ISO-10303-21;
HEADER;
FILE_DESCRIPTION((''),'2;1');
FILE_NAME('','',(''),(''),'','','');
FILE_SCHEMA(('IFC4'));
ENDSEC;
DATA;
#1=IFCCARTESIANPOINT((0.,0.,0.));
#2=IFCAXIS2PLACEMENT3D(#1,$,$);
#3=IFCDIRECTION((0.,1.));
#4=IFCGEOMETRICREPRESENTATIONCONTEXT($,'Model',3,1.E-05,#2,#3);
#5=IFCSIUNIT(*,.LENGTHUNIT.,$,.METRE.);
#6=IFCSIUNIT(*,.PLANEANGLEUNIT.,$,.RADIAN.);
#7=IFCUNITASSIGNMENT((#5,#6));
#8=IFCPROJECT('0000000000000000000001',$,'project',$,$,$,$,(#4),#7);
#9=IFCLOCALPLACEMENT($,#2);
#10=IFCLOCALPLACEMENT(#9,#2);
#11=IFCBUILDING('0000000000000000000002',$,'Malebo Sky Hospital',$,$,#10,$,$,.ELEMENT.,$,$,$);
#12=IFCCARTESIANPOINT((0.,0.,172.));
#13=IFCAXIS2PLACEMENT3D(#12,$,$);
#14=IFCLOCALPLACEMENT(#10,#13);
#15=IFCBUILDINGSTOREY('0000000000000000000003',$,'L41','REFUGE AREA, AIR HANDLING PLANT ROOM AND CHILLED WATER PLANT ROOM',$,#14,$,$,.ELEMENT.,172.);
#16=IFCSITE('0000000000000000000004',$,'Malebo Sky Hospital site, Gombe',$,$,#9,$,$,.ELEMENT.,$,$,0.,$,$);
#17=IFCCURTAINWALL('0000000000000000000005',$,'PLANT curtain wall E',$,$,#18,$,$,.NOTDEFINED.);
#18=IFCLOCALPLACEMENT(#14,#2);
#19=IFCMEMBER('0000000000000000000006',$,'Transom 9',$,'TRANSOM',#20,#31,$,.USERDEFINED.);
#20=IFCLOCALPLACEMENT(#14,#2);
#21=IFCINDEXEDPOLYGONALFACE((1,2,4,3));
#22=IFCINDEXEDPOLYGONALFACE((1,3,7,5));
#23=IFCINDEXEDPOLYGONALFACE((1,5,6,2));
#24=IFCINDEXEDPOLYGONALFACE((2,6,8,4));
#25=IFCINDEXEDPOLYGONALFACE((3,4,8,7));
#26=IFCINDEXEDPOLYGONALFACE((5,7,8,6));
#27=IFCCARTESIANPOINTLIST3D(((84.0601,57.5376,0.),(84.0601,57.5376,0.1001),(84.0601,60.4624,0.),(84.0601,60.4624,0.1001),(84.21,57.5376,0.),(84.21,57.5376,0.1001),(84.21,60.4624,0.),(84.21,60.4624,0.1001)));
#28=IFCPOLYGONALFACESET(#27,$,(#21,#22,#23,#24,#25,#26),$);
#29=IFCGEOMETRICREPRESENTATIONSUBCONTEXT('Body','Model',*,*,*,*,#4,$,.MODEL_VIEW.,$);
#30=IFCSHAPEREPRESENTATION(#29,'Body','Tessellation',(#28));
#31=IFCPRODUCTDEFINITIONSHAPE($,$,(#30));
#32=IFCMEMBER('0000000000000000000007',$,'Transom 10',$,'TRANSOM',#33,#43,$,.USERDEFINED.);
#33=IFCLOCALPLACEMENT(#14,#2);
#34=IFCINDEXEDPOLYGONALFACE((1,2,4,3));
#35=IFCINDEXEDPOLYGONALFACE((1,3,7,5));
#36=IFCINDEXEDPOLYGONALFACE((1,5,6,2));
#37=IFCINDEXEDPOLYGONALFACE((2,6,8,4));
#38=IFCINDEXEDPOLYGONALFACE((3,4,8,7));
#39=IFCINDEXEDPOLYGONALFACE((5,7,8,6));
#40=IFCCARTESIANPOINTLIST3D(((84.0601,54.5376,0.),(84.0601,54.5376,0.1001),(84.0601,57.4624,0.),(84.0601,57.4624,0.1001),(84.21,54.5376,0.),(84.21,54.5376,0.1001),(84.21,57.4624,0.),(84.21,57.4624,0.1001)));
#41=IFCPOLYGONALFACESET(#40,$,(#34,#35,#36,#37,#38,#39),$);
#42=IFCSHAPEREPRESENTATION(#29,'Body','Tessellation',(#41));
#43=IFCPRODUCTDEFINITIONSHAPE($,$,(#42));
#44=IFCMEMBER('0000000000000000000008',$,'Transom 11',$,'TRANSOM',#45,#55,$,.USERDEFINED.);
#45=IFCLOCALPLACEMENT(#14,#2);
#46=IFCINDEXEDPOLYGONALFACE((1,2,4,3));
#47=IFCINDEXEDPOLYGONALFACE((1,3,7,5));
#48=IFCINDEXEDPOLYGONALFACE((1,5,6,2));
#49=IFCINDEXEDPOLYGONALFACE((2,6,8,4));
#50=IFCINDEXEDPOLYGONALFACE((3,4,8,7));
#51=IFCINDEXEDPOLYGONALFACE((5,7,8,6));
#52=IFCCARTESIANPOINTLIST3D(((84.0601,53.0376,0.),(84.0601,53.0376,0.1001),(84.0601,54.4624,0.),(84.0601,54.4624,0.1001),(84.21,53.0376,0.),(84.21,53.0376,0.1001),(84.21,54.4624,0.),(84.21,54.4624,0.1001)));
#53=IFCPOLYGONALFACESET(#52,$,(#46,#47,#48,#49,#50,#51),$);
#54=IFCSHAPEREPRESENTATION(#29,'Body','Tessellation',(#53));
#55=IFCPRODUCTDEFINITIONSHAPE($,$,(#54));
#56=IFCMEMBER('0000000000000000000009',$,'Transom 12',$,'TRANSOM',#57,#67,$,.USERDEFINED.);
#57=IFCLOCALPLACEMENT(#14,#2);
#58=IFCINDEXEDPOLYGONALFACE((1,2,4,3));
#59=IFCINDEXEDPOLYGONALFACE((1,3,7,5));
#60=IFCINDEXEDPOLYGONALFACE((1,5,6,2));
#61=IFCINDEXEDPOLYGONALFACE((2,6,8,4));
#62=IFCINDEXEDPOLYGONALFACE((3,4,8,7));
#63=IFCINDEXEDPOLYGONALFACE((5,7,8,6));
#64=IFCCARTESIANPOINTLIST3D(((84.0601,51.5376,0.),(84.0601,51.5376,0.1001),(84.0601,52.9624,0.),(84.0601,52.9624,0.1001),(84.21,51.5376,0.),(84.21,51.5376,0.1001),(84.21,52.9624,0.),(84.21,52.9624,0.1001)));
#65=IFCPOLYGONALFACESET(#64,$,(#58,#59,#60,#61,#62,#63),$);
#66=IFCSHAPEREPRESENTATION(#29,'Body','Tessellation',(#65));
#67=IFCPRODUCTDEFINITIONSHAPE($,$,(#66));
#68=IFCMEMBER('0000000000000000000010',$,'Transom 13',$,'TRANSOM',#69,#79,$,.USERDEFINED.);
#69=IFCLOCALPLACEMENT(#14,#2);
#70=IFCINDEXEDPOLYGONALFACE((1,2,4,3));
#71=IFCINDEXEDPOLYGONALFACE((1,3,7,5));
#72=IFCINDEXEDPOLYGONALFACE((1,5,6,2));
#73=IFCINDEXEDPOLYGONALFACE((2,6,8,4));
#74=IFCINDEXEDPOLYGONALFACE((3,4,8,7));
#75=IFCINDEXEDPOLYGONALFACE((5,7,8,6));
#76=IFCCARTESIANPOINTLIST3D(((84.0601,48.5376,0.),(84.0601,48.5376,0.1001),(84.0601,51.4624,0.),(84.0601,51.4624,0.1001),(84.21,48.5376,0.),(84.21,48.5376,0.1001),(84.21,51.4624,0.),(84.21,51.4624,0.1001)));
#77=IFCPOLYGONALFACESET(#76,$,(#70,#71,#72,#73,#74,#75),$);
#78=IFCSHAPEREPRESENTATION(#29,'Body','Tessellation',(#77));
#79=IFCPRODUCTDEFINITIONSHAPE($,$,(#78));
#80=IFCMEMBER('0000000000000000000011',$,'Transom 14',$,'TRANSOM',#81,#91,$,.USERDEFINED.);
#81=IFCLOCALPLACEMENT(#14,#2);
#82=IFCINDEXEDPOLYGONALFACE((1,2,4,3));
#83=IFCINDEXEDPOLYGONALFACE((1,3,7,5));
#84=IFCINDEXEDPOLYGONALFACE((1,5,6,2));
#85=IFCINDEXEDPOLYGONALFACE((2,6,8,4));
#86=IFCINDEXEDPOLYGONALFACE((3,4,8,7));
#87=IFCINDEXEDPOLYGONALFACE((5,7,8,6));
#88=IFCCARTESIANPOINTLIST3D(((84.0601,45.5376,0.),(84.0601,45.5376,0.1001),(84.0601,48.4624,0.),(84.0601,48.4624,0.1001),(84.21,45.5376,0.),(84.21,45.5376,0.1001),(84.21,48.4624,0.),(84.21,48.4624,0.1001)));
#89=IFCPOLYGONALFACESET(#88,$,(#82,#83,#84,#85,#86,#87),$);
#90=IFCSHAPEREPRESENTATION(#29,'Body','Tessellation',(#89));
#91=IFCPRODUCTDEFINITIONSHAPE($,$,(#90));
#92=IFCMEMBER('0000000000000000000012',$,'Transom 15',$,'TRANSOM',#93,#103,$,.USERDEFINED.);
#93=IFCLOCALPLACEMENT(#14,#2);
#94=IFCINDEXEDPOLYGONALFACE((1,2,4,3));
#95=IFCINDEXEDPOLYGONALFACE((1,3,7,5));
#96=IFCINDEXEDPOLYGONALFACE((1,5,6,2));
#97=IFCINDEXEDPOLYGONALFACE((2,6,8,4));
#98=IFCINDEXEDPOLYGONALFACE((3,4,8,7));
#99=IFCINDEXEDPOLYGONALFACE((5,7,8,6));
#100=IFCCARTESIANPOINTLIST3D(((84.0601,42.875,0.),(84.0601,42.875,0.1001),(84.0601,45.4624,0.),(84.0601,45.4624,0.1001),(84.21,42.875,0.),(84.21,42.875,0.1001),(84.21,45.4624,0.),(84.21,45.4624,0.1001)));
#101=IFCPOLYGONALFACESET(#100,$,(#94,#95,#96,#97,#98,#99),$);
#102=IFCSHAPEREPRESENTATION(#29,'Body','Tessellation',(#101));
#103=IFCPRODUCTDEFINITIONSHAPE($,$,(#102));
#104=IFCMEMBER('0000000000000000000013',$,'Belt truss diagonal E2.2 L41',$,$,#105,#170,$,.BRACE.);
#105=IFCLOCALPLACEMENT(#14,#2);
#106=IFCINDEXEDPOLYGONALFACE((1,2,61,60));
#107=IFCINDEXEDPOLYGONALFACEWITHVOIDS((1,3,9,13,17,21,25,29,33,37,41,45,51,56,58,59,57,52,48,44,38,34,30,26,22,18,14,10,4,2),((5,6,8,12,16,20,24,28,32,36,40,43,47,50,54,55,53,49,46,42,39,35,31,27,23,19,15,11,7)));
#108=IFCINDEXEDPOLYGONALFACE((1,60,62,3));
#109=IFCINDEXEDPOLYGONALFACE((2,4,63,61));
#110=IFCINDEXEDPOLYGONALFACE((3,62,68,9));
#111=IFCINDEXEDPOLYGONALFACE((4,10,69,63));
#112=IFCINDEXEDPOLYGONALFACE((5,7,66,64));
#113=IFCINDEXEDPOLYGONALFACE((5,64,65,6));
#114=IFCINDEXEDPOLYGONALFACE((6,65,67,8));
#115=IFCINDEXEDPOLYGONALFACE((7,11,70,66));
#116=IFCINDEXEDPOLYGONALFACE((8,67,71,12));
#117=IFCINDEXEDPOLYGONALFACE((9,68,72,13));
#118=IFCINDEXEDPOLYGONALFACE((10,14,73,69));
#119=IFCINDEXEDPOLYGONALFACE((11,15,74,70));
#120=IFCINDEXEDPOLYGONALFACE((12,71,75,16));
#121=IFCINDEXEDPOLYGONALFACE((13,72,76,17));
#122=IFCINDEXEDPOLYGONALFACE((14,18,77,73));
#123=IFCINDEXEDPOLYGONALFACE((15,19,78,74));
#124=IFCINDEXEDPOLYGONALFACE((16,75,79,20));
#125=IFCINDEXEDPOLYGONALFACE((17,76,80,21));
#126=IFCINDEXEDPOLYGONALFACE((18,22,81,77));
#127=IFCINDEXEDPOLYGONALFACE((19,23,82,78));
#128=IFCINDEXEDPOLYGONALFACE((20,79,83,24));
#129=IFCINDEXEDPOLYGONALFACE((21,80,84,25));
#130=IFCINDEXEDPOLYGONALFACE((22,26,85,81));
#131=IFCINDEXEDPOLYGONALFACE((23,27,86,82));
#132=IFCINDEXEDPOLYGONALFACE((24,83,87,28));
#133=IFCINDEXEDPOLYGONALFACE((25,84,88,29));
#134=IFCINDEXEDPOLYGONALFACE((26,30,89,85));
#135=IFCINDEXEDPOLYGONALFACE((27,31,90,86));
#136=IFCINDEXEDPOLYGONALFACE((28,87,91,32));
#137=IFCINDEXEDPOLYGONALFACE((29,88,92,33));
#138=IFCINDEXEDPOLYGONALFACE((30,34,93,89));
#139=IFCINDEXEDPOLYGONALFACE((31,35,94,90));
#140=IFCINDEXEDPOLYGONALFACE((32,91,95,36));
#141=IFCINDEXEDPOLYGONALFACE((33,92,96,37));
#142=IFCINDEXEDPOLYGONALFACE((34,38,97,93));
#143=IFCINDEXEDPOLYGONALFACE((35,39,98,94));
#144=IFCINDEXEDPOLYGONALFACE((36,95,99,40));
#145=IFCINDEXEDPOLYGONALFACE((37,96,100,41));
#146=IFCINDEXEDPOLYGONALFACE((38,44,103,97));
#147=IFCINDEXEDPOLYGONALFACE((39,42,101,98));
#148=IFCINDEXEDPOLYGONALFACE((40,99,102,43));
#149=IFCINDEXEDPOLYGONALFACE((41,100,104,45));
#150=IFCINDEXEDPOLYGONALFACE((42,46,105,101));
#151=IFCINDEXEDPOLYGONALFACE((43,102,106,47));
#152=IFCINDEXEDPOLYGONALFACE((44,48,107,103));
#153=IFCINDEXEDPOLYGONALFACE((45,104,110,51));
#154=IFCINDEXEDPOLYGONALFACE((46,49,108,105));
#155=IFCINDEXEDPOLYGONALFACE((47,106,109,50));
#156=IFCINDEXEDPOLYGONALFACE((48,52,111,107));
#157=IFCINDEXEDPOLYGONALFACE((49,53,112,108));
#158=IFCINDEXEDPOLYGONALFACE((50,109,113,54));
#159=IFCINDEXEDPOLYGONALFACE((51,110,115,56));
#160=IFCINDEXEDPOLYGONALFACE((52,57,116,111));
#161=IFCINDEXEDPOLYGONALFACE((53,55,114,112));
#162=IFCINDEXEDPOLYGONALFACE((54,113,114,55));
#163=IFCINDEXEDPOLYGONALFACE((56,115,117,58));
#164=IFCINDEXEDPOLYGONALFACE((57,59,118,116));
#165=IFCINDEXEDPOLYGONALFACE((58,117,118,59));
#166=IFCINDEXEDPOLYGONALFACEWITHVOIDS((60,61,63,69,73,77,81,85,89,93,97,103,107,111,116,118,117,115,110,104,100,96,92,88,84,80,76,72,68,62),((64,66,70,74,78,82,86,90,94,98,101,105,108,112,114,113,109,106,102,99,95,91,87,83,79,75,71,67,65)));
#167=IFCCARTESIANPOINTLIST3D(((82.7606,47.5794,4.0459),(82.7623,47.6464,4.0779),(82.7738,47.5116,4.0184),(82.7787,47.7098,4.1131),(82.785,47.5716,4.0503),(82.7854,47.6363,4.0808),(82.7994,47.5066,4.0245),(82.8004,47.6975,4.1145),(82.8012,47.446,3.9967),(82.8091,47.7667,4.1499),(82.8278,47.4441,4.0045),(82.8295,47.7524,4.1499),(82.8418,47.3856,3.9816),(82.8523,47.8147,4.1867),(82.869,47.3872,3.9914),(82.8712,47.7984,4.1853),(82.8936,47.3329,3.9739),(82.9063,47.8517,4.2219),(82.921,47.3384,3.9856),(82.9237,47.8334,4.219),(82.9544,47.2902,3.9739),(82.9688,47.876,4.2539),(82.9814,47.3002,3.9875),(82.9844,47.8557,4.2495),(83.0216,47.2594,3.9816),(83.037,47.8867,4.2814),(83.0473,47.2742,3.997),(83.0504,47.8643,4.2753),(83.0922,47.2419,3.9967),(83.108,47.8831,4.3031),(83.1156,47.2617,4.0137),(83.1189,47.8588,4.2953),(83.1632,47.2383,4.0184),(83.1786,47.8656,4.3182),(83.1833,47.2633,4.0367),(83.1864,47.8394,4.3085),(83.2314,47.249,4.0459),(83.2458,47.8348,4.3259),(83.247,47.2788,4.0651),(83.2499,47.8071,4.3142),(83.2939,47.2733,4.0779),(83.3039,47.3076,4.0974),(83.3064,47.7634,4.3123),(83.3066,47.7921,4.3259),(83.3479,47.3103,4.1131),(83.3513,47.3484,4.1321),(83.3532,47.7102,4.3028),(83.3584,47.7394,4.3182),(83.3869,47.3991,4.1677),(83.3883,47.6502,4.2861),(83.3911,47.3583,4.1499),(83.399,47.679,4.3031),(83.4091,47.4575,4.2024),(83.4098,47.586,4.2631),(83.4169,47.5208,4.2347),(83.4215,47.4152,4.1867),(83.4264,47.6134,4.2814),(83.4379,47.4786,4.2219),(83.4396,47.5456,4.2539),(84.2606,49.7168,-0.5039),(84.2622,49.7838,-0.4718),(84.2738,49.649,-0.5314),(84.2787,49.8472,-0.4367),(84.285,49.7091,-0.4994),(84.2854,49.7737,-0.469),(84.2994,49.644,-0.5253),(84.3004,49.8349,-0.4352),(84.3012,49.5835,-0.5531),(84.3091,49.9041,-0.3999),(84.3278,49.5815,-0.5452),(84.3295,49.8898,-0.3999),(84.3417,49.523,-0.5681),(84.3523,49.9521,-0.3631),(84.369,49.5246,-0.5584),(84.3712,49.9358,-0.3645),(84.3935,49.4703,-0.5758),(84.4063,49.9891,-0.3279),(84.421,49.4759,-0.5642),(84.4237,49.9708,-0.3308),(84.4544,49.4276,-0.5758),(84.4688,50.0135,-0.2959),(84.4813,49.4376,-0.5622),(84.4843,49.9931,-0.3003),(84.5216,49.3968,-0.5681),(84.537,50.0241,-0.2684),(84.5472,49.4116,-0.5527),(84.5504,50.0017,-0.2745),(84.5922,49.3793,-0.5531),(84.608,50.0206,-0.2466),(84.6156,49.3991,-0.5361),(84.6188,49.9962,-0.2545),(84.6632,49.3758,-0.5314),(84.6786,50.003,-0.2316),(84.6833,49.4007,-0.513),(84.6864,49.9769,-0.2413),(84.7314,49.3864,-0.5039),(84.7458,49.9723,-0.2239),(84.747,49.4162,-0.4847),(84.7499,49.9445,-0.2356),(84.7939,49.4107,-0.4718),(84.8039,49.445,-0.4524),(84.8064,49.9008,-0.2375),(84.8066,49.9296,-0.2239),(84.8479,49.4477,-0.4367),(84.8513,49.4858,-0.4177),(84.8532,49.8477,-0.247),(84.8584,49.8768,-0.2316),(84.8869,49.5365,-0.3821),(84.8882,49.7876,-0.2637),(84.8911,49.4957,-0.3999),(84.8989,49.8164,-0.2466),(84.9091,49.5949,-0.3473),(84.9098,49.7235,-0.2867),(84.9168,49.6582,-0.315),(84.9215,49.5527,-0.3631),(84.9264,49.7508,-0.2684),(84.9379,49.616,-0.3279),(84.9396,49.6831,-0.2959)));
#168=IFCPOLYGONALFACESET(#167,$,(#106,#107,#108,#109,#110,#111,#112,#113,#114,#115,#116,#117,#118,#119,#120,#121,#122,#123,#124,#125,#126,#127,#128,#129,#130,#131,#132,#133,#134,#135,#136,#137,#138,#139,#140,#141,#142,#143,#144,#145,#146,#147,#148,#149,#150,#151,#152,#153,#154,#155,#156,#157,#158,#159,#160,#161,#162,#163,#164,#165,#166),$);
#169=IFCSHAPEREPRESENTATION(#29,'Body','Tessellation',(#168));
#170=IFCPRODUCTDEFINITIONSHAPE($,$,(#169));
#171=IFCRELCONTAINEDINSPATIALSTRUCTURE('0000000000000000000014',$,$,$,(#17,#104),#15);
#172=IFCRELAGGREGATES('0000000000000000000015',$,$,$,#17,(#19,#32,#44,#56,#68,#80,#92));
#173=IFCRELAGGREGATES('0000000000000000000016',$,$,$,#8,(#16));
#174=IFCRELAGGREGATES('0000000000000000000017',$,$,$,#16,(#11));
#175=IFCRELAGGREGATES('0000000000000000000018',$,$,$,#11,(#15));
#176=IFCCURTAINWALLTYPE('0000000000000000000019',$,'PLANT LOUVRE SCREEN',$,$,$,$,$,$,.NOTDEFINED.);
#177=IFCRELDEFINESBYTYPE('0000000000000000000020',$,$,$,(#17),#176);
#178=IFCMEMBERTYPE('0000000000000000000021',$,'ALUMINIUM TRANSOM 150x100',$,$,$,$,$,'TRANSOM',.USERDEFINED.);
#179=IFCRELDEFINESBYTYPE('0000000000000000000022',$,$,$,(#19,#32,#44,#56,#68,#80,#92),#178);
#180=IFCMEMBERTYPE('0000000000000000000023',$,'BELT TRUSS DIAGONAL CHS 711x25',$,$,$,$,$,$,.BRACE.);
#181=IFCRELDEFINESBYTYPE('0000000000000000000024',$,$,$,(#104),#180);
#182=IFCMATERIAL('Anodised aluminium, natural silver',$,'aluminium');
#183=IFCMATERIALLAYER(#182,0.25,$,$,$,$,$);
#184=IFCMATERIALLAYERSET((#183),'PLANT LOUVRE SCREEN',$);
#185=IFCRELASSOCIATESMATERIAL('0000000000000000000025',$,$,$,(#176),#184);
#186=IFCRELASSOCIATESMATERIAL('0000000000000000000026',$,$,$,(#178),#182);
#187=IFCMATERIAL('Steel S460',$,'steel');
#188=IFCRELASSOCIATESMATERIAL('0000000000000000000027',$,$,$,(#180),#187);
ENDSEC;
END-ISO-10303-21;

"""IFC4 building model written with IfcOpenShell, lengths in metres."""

from ifc_helpers import new_model, si_unit, direction, frame, origin, origin_2d, place, context, subcontext, project, spatial, rectangle, hollow_circle, extrude, material, layer, layer_set, material_profile, profile_set, type_object, element, aggregate, save


model = new_model("IFC4")

# Units and contexts
model_context = context("Model", 3, precision=1e-05, world=origin(), true_north=direction((0.0, 1.0)))
body_context = subcontext(model_context, "Body", "Model", "MODEL_VIEW")
ifc_project = project(units=[si_unit("LENGTHUNIT", "METRE"), si_unit("PLANEANGLEUNIT", "RADIAN")], contexts=[model_context])

# Site, building, storey
site_placement = place(None, origin())
site = spatial("IfcSite", under=ifc_project, at=site_placement, Name="Malebo Sky Hospital site, Gombe", CompositionType="ELEMENT", RefElevation=0.0)
building_placement = place(site_placement, origin())
building = spatial("IfcBuilding", under=site, at=building_placement, Name="Malebo Sky Hospital", CompositionType="ELEMENT")
storey_placement = place(building_placement, frame((0.0, 0.0, 172.0)))
storey = spatial("IfcBuildingStorey", under=building, at=storey_placement, Name="L41", Description="REFUGE AREA, AIR HANDLING PLANT ROOM AND CHILLED WATER PLANT ROOM", CompositionType="ELEMENT", Elevation=172.0)

# Curtain wall, members
ifc_material_1 = material(Name="Anodised aluminium, natural silver", Category="aluminium")
ifc_layer_1 = layer(ifc_material_1, 0.25)
ifc_layer_set_1 = layer_set([ifc_layer_1], Name="PLANT LOUVRE SCREEN")
curtain_wall_type = type_object("IfcCurtainWallType", Name="PLANT LOUVRE SCREEN", PredefinedType="NOTDEFINED", material=ifc_layer_set_1)
curtain_wall_placement = place(storey_placement, origin())
curtain_wall = element("IfcCurtainWall", 1, at=curtain_wall_placement, inside=storey, type_object=curtain_wall_type, Name="PLANT curtain wall E", PredefinedType="NOTDEFINED")
ifc_material_profile_1 = material_profile(ifc_material_1, rectangle(XDim=0.1499, YDim=0.1001, at=origin_2d()), Name="ALUMINIUM TRANSOM 150x100")
ifc_profile_set_1 = profile_set([ifc_material_profile_1], Name="Anodised aluminium, natural silver")
member_type_1 = type_object("IfcMemberType", Name="ALUMINIUM TRANSOM 150x100", ElementType="TRANSOM", PredefinedType="USERDEFINED", material=ifc_profile_set_1)
member_1_placement = place(storey_placement, frame((84.135, 60.4624, 0.05), z_axis=(0.0, -1.0, 0.0), x_axis=(1.0, 0.0, 0.0)))
member_1 = element("IfcMember", 2, at=member_1_placement, type_object=member_type_1, Name="Transom 9", ObjectType="TRANSOM", PredefinedType="USERDEFINED", context=body_context, shape_type="SweptSolid", body=[
    extrude(rectangle(XDim=0.1499, YDim=0.1001, at=origin_2d()), origin(), (0.0, 0.0, 1.0), 2.9248),
])
member_2_placement = place(storey_placement, frame((84.135, 57.4624, 0.05), z_axis=(0.0, -1.0, 0.0), x_axis=(1.0, 0.0, 0.0)))
member_2 = element("IfcMember", 3, at=member_2_placement, type_object=member_type_1, Name="Transom 10", ObjectType="TRANSOM", PredefinedType="USERDEFINED", context=body_context, shape_type="SweptSolid", body=[
    extrude(rectangle(XDim=0.1499, YDim=0.1001, at=origin_2d()), origin(), (0.0, 0.0, 1.0), 2.9248),
])
member_3_placement = place(storey_placement, frame((84.135, 54.4624, 0.05), z_axis=(0.0, -1.0, 0.0), x_axis=(1.0, 0.0, 0.0)))
member_3 = element("IfcMember", 4, at=member_3_placement, type_object=member_type_1, Name="Transom 11", ObjectType="TRANSOM", PredefinedType="USERDEFINED", context=body_context, shape_type="SweptSolid", body=[
    extrude(rectangle(XDim=0.1499, YDim=0.1001, at=origin_2d()), origin(), (0.0, 0.0, 1.0), 1.4248),
])
member_4_placement = place(storey_placement, frame((84.135, 52.9624, 0.05), z_axis=(0.0, -1.0, 0.0), x_axis=(1.0, 0.0, 0.0)))
member_4 = element("IfcMember", 5, at=member_4_placement, type_object=member_type_1, Name="Transom 12", ObjectType="TRANSOM", PredefinedType="USERDEFINED", context=body_context, shape_type="SweptSolid", body=[
    extrude(rectangle(XDim=0.1499, YDim=0.1001, at=origin_2d()), origin(), (0.0, 0.0, 1.0), 1.4248),
])
member_5_placement = place(storey_placement, frame((84.135, 51.4624, 0.05), z_axis=(0.0, -1.0, 0.0), x_axis=(1.0, 0.0, 0.0)))
member_5 = element("IfcMember", 6, at=member_5_placement, type_object=member_type_1, Name="Transom 13", ObjectType="TRANSOM", PredefinedType="USERDEFINED", context=body_context, shape_type="SweptSolid", body=[
    extrude(rectangle(XDim=0.1499, YDim=0.1001, at=origin_2d()), origin(), (0.0, 0.0, 1.0), 2.9248),
])
member_6_placement = place(storey_placement, frame((84.135, 48.4624, 0.05), z_axis=(0.0, -1.0, 0.0), x_axis=(1.0, 0.0, 0.0)))
member_6 = element("IfcMember", 7, at=member_6_placement, type_object=member_type_1, Name="Transom 14", ObjectType="TRANSOM", PredefinedType="USERDEFINED", context=body_context, shape_type="SweptSolid", body=[
    extrude(rectangle(XDim=0.1499, YDim=0.1001, at=origin_2d()), origin(), (0.0, 0.0, 1.0), 2.9248),
])
member_7_placement = place(storey_placement, frame((84.135, 45.4624, 0.05), z_axis=(0.0, -1.0, 0.0), x_axis=(1.0, 0.0, 0.0)))
member_7 = element("IfcMember", 8, at=member_7_placement, type_object=member_type_1, Name="Transom 15", ObjectType="TRANSOM", PredefinedType="USERDEFINED", context=body_context, shape_type="SweptSolid", body=[
    extrude(rectangle(XDim=0.1499, YDim=0.1001, at=origin_2d()), origin(), (0.0, 0.0, 1.0), 2.5874),
])

# Member
ifc_material_2 = material(Name="Steel S460", Category="steel")
ifc_material_profile_2 = material_profile(ifc_material_2, hollow_circle(Radius=0.3555, WallThickness=0.0249, at=origin_2d()), Name="CHS 711x25")
ifc_profile_set_2 = profile_set([ifc_material_profile_2], Name="Steel S460")
member_type_2 = type_object("IfcMemberType", Name="BELT TRUSS DIAGONAL CHS 711x25", PredefinedType="BRACE", material=ifc_profile_set_2)
member_8_placement = place(storey_placement, frame((83.1001, 47.5625, 4.1499), z_axis=(0.285938, 0.407452, -0.867308), x_axis=(-0.818551, 0.574435, 0.0)))
element("IfcMember", 9, at=member_8_placement, inside=storey, type_object=member_type_2, Name="Belt truss diagonal E2.2 L41", PredefinedType="BRACE", context=body_context, shape_type="SweptSolid", body=[
    extrude(hollow_circle(Radius=0.3555, WallThickness=0.0249, at=origin_2d()), origin(), (0.0, 0.0, 1.0), 5.2458),
])

aggregate(curtain_wall, [member_1, member_2, member_3, member_4, member_5, member_6, member_7])

save(model, "model.ifc")
